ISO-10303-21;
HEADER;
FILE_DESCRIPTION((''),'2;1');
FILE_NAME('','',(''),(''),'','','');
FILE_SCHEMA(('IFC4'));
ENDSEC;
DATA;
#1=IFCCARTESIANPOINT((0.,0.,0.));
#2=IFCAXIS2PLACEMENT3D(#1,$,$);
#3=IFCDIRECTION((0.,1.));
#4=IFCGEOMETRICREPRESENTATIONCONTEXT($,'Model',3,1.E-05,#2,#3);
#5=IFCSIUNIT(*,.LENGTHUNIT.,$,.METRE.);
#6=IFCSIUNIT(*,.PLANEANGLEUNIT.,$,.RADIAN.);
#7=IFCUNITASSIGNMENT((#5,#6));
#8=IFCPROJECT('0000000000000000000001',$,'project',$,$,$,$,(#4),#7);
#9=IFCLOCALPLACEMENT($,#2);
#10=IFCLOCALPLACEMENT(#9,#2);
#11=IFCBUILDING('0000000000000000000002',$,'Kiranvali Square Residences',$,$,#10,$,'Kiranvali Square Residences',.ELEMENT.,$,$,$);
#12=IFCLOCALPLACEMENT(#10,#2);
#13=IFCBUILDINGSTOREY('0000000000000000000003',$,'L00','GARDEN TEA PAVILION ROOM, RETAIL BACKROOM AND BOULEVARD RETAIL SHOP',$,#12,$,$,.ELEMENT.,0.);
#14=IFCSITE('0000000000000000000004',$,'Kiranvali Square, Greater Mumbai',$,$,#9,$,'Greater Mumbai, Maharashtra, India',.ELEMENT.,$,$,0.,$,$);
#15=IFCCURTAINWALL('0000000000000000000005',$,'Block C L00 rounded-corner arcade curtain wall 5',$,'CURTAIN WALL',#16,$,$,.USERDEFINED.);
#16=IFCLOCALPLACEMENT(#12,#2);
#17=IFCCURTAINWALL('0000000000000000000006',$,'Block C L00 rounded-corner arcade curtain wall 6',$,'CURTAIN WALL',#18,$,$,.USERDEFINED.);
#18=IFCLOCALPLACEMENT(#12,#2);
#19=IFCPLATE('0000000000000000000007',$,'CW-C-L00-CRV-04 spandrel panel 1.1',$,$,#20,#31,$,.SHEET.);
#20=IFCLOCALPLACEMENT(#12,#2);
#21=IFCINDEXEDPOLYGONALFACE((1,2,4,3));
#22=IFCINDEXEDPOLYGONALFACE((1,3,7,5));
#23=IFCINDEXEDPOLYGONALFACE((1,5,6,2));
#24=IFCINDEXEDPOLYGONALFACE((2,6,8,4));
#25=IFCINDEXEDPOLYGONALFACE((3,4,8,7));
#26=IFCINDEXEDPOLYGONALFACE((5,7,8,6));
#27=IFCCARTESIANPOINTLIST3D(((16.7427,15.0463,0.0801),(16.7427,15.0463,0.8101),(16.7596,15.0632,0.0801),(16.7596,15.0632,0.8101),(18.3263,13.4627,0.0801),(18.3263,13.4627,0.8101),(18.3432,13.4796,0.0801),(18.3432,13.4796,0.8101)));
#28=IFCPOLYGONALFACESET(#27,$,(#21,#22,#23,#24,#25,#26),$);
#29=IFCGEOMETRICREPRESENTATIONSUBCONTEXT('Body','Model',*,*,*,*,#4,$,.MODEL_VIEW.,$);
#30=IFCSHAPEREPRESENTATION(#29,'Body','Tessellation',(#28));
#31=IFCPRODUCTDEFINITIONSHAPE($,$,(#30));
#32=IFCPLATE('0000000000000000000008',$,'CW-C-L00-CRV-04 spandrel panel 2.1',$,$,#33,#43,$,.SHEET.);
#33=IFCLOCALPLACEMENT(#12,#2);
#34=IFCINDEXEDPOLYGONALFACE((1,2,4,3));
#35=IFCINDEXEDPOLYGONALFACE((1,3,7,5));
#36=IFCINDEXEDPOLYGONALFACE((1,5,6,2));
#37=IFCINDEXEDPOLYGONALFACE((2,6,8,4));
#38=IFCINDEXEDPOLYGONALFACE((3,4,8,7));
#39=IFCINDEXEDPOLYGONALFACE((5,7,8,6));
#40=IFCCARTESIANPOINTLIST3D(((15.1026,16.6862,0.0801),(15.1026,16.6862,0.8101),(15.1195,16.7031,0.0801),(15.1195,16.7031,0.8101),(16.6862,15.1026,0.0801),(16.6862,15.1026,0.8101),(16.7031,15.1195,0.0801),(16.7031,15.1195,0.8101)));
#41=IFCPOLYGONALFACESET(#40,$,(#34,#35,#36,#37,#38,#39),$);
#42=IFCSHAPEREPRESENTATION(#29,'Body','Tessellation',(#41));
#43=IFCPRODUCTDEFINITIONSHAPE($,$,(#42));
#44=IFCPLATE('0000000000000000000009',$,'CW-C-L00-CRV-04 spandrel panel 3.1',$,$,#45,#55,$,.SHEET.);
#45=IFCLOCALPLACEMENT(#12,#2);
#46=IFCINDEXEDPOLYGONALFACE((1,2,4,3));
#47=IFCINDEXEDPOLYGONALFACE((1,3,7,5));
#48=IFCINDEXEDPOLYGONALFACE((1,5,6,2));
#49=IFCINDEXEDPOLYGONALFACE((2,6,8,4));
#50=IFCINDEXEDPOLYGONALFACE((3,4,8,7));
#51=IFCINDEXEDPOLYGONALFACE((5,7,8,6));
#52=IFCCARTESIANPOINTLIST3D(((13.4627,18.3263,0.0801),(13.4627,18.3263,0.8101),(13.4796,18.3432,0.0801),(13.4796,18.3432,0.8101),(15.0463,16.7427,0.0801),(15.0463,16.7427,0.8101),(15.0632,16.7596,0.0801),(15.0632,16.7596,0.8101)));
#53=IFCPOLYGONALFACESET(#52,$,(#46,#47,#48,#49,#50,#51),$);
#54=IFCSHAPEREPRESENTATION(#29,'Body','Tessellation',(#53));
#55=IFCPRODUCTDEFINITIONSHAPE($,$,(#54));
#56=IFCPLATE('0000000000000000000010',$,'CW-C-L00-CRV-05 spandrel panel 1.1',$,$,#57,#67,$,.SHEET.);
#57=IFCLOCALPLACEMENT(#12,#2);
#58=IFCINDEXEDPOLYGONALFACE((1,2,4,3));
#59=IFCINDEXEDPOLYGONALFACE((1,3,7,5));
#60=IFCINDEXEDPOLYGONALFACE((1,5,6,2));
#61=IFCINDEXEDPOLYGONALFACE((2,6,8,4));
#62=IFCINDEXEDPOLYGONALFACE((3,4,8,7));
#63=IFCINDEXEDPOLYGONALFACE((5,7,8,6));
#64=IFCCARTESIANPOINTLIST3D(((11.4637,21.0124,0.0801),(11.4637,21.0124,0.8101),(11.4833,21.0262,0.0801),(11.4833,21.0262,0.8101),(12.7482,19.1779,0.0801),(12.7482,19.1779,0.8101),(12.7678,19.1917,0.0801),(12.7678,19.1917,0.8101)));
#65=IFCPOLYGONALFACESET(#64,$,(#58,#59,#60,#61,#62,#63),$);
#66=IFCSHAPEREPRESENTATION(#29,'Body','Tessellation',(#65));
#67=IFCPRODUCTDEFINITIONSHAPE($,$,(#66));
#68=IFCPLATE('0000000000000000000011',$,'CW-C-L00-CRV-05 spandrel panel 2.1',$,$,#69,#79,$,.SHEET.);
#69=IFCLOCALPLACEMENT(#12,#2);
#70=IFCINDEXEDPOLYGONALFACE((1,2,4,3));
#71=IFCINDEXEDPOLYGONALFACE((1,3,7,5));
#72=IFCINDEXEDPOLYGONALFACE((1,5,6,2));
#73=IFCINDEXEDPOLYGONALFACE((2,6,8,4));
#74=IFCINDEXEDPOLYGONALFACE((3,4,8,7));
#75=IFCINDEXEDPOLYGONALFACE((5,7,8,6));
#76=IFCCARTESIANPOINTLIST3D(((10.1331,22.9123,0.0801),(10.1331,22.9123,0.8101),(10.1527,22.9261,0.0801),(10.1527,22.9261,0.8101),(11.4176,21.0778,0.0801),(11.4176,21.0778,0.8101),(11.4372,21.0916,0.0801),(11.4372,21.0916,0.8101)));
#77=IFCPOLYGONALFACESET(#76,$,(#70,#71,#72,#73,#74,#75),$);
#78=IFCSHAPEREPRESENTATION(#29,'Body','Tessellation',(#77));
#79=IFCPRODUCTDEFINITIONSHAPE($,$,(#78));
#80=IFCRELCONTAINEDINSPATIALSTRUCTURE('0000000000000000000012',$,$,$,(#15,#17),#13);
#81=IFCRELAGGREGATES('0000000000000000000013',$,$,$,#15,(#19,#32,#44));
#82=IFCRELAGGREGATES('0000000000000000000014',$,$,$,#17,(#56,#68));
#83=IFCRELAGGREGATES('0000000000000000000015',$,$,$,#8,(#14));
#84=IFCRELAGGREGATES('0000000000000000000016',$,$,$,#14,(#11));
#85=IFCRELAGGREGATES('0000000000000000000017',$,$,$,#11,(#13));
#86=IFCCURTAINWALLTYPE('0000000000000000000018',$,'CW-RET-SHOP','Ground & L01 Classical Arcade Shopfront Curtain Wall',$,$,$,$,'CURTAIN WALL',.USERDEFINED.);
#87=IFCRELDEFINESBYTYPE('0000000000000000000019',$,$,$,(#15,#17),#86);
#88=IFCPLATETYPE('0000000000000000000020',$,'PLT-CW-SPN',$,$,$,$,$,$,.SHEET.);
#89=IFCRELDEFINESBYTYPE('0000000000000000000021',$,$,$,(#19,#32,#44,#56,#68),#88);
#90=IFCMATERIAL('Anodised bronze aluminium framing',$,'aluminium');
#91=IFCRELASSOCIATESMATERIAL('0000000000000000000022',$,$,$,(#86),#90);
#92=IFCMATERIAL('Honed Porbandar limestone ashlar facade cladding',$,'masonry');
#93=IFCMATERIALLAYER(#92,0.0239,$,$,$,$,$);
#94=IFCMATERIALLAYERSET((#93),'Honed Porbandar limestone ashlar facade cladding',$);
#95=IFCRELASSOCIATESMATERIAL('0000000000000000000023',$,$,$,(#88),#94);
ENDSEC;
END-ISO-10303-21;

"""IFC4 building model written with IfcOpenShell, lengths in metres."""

from ifc_helpers import new_model, si_unit, direction, frame, origin, origin_2d, place, context, subcontext, project, spatial, rectangle, extrude, material, layer, layer_set, type_object, element, aggregate, save


model = new_model("IFC4")

# Units and contexts
model_context = context("Model", 3, precision=1e-05, world=origin(), true_north=direction((0.0, 1.0)))
body_context = subcontext(model_context, "Body", "Model", "MODEL_VIEW")
ifc_project = project(units=[si_unit("LENGTHUNIT", "METRE"), si_unit("PLANEANGLEUNIT", "RADIAN")], contexts=[model_context])

# Site, building, storey
site_placement = place(None, origin())
site = spatial("IfcSite", under=ifc_project, at=site_placement, Name="Kiranvali Square, Greater Mumbai", LongName="Greater Mumbai, Maharashtra, India", CompositionType="ELEMENT", RefElevation=0.0)
building_placement = place(site_placement, origin())
building = spatial("IfcBuilding", under=site, at=building_placement, Name="Kiranvali Square Residences", LongName="Kiranvali Square Residences", CompositionType="ELEMENT")
storey_placement = place(building_placement, origin())
storey = spatial("IfcBuildingStorey", under=building, at=storey_placement, Name="L00", Description="GARDEN TEA PAVILION ROOM, RETAIL BACKROOM AND BOULEVARD RETAIL SHOP", CompositionType="ELEMENT", Elevation=0.0)

# Curtain walls
ifc_material_1 = material(Name="Anodised bronze aluminium framing", Category="aluminium")
curtain_wall_type = type_object("IfcCurtainWallType", Name="CW-RET-SHOP", Description="Ground & L01 Classical Arcade Shopfront Curtain Wall", ElementType="CURTAIN WALL", PredefinedType="USERDEFINED", material=ifc_material_1)
curtain_wall_1_placement = place(storey_placement, origin())
curtain_wall_1 = element("IfcCurtainWall", 1, at=curtain_wall_1_placement, inside=storey, type_object=curtain_wall_type, Name="Block C L00 rounded-corner arcade curtain wall 5", ObjectType="CURTAIN WALL", PredefinedType="USERDEFINED")
curtain_wall_2_placement = place(storey_placement, origin())
curtain_wall_2 = element("IfcCurtainWall", 2, at=curtain_wall_2_placement, inside=storey, type_object=curtain_wall_type, Name="Block C L00 rounded-corner arcade curtain wall 6", ObjectType="CURTAIN WALL", PredefinedType="USERDEFINED")

# Plates
ifc_material_2 = material(Name="Honed Porbandar limestone ashlar facade cladding", Category="masonry")
ifc_layer_1 = layer(ifc_material_2, 0.0239)
ifc_layer_set_1 = layer_set([ifc_layer_1], Name="Honed Porbandar limestone ashlar facade cladding")
plate_type_1 = type_object("IfcPlateType", Name="PLT-CW-SPN", PredefinedType="SHEET", material=ifc_layer_set_1)
plate_1_placement = place(storey_placement, frame((17.543, 14.2629, 0.0801), z_axis=(0.0, 0.0, 1.0), x_axis=(-0.707107, 0.707107, 0.0)))
plate_1 = element("IfcPlate", 3, at=plate_1_placement, type_object=plate_type_1, Name="CW-C-L00-CRV-04 spandrel panel 1.1", PredefinedType="SHEET", context=body_context, shape_type="SweptSolid", body=[
    extrude(rectangle(XDim=2.2395, YDim=0.0239, at=origin_2d()), origin(), (0.0, 0.0, 1.0), 0.73),
])
plate_2_placement = place(storey_placement, frame((15.9028, 15.9028, 0.0801), z_axis=(0.0, 0.0, 1.0), x_axis=(-0.707107, 0.707107, 0.0)))
plate_2 = element("IfcPlate", 4, at=plate_2_placement, type_object=plate_type_1, Name="CW-C-L00-CRV-04 spandrel panel 2.1", PredefinedType="SHEET", context=body_context, shape_type="SweptSolid", body=[
    extrude(rectangle(XDim=2.2395, YDim=0.0239, at=origin_2d()), origin(), (0.0, 0.0, 1.0), 0.73),
])
plate_3_placement = place(storey_placement, frame((14.2629, 17.543, 0.0801), z_axis=(0.0, 0.0, 1.0), x_axis=(-0.707107, 0.707107, 0.0)))
plate_3 = element("IfcPlate", 5, at=plate_3_placement, type_object=plate_type_1, Name="CW-C-L00-CRV-04 spandrel panel 3.1", PredefinedType="SHEET", context=body_context, shape_type="SweptSolid", body=[
    extrude(rectangle(XDim=2.2395, YDim=0.0239, at=origin_2d()), origin(), (0.0, 0.0, 1.0), 0.73),
])
aggregate(curtain_wall_1, [plate_1, plate_2, plate_3])
plate_4_placement = place(storey_placement, frame((12.1157, 20.1021, 0.0801), z_axis=(0.0, 0.0, 1.0), x_axis=(-0.573576, 0.819152, 0.0)))
plate_4 = element("IfcPlate", 6, at=plate_4_placement, type_object=plate_type_1, Name="CW-C-L00-CRV-05 spandrel panel 1.1", PredefinedType="SHEET", context=body_context, shape_type="SweptSolid", body=[
    extrude(rectangle(XDim=2.2395, YDim=0.0239, at=origin_2d()), origin(), (0.0, 0.0, 1.0), 0.73),
])
plate_5_placement = place(storey_placement, frame((10.7852, 22.002, 0.0801), z_axis=(0.0, 0.0, 1.0), x_axis=(-0.573576, 0.819152, 0.0)))
plate_5 = element("IfcPlate", 7, at=plate_5_placement, type_object=plate_type_1, Name="CW-C-L00-CRV-05 spandrel panel 2.1", PredefinedType="SHEET", context=body_context, shape_type="SweptSolid", body=[
    extrude(rectangle(XDim=2.2395, YDim=0.0239, at=origin_2d()), origin(), (0.0, 0.0, 1.0), 0.73),
])
aggregate(curtain_wall_2, [plate_4, plate_5])

save(model, "model.ifc")
